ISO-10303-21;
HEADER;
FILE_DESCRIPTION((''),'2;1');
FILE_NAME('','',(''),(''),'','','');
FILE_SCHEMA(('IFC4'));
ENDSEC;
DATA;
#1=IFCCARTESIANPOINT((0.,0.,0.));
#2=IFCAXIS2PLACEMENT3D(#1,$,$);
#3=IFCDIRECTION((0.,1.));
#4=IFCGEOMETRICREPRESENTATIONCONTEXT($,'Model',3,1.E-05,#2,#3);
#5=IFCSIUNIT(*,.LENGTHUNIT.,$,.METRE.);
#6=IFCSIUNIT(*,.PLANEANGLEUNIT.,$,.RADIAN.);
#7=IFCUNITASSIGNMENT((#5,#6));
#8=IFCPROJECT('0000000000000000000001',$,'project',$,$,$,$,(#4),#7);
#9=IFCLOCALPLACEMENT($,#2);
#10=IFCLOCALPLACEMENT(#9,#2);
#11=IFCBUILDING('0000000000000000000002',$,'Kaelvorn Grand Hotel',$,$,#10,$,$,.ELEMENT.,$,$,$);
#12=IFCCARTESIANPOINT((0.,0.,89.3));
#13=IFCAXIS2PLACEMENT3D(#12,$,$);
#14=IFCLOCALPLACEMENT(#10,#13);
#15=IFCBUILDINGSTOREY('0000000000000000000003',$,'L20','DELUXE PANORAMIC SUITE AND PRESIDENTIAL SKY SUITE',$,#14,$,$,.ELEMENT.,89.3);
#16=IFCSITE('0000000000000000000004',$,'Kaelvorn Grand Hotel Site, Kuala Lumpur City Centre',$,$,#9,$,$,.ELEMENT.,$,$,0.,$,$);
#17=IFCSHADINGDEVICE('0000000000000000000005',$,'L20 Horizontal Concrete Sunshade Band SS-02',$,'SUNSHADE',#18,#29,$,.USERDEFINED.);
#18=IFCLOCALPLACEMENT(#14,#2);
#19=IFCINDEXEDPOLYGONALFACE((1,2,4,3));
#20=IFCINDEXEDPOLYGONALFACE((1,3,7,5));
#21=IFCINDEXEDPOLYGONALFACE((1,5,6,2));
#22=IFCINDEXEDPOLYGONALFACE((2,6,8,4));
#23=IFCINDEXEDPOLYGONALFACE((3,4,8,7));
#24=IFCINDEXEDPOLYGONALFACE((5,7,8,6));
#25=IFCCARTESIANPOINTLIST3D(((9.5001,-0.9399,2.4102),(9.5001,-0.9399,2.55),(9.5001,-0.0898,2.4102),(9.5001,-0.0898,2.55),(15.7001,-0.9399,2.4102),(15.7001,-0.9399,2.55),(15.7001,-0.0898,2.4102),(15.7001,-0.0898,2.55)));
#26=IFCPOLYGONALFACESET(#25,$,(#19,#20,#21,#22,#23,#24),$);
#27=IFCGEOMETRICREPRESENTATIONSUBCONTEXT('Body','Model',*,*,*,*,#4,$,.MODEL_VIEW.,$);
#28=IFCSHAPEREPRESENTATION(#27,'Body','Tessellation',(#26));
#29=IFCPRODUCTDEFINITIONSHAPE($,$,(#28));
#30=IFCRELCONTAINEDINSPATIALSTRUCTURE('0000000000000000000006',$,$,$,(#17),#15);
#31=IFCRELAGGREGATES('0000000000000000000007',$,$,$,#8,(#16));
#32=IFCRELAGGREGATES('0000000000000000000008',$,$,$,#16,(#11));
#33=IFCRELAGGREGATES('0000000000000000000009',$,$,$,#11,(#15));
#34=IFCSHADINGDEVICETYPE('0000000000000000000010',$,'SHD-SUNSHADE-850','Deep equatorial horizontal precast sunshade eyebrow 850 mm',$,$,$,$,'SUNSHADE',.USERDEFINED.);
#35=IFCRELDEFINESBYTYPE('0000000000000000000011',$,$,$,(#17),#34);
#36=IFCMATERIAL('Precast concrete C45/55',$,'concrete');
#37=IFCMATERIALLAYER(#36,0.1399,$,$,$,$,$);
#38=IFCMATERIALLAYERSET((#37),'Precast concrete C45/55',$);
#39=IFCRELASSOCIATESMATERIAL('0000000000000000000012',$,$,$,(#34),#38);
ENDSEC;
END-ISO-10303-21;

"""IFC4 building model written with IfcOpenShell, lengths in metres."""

from ifc_helpers import new_model, si_unit, direction, frame, origin, origin_2d, place, context, subcontext, project, spatial, rectangle, extrude, material, layer, layer_set, type_object, element, save


model = new_model("IFC4")

# Units and contexts
model_context = context("Model", 3, precision=1e-05, world=origin(), true_north=direction((0.0, 1.0)))
body_context = subcontext(model_context, "Body", "Model", "MODEL_VIEW")
ifc_project = project(units=[si_unit("LENGTHUNIT", "METRE"), si_unit("PLANEANGLEUNIT", "RADIAN")], contexts=[model_context])

# Site, building, storey
site_placement = place(None, origin())
site = spatial("IfcSite", under=ifc_project, at=site_placement, Name="Kaelvorn Grand Hotel Site, Kuala Lumpur City Centre", CompositionType="ELEMENT", RefElevation=0.0)
building_placement = place(site_placement, origin())
building = spatial("IfcBuilding", under=site, at=building_placement, Name="Kaelvorn Grand Hotel", CompositionType="ELEMENT")
storey_placement = place(building_placement, frame((0.0, 0.0, 89.3)))
storey = spatial("IfcBuildingStorey", under=building, at=storey_placement, Name="L20", Description="DELUXE PANORAMIC SUITE AND PRESIDENTIAL SKY SUITE", CompositionType="ELEMENT", Elevation=89.3)

# Shading device
ifc_material_1 = material(Name="Precast concrete C45/55", Category="concrete")
ifc_layer_1 = layer(ifc_material_1, 0.1399)
ifc_layer_set_1 = layer_set([ifc_layer_1], Name="Precast concrete C45/55")
shading_device_type = type_object("IfcShadingDeviceType", Name="SHD-SUNSHADE-850", Description="Deep equatorial horizontal precast sunshade eyebrow 850 mm", ElementType="SUNSHADE", PredefinedType="USERDEFINED", material=ifc_layer_set_1)
shading_device_placement = place(storey_placement, frame((12.6001, -0.5149, 2.4102), z_axis=(0.0, 0.0, 1.0), x_axis=(1.0, 0.0, 0.0)))
element("IfcShadingDevice", 1, at=shading_device_placement, inside=storey, type_object=shading_device_type, Name="L20 Horizontal Concrete Sunshade Band SS-02", ObjectType="SUNSHADE", PredefinedType="USERDEFINED", context=body_context, shape_type="SweptSolid", body=[
    extrude(rectangle(XDim=6.2, YDim=0.8501, at=origin_2d()), origin(), (0.0, 0.0, 1.0), 0.1399),
])

save(model, "model.ifc")
